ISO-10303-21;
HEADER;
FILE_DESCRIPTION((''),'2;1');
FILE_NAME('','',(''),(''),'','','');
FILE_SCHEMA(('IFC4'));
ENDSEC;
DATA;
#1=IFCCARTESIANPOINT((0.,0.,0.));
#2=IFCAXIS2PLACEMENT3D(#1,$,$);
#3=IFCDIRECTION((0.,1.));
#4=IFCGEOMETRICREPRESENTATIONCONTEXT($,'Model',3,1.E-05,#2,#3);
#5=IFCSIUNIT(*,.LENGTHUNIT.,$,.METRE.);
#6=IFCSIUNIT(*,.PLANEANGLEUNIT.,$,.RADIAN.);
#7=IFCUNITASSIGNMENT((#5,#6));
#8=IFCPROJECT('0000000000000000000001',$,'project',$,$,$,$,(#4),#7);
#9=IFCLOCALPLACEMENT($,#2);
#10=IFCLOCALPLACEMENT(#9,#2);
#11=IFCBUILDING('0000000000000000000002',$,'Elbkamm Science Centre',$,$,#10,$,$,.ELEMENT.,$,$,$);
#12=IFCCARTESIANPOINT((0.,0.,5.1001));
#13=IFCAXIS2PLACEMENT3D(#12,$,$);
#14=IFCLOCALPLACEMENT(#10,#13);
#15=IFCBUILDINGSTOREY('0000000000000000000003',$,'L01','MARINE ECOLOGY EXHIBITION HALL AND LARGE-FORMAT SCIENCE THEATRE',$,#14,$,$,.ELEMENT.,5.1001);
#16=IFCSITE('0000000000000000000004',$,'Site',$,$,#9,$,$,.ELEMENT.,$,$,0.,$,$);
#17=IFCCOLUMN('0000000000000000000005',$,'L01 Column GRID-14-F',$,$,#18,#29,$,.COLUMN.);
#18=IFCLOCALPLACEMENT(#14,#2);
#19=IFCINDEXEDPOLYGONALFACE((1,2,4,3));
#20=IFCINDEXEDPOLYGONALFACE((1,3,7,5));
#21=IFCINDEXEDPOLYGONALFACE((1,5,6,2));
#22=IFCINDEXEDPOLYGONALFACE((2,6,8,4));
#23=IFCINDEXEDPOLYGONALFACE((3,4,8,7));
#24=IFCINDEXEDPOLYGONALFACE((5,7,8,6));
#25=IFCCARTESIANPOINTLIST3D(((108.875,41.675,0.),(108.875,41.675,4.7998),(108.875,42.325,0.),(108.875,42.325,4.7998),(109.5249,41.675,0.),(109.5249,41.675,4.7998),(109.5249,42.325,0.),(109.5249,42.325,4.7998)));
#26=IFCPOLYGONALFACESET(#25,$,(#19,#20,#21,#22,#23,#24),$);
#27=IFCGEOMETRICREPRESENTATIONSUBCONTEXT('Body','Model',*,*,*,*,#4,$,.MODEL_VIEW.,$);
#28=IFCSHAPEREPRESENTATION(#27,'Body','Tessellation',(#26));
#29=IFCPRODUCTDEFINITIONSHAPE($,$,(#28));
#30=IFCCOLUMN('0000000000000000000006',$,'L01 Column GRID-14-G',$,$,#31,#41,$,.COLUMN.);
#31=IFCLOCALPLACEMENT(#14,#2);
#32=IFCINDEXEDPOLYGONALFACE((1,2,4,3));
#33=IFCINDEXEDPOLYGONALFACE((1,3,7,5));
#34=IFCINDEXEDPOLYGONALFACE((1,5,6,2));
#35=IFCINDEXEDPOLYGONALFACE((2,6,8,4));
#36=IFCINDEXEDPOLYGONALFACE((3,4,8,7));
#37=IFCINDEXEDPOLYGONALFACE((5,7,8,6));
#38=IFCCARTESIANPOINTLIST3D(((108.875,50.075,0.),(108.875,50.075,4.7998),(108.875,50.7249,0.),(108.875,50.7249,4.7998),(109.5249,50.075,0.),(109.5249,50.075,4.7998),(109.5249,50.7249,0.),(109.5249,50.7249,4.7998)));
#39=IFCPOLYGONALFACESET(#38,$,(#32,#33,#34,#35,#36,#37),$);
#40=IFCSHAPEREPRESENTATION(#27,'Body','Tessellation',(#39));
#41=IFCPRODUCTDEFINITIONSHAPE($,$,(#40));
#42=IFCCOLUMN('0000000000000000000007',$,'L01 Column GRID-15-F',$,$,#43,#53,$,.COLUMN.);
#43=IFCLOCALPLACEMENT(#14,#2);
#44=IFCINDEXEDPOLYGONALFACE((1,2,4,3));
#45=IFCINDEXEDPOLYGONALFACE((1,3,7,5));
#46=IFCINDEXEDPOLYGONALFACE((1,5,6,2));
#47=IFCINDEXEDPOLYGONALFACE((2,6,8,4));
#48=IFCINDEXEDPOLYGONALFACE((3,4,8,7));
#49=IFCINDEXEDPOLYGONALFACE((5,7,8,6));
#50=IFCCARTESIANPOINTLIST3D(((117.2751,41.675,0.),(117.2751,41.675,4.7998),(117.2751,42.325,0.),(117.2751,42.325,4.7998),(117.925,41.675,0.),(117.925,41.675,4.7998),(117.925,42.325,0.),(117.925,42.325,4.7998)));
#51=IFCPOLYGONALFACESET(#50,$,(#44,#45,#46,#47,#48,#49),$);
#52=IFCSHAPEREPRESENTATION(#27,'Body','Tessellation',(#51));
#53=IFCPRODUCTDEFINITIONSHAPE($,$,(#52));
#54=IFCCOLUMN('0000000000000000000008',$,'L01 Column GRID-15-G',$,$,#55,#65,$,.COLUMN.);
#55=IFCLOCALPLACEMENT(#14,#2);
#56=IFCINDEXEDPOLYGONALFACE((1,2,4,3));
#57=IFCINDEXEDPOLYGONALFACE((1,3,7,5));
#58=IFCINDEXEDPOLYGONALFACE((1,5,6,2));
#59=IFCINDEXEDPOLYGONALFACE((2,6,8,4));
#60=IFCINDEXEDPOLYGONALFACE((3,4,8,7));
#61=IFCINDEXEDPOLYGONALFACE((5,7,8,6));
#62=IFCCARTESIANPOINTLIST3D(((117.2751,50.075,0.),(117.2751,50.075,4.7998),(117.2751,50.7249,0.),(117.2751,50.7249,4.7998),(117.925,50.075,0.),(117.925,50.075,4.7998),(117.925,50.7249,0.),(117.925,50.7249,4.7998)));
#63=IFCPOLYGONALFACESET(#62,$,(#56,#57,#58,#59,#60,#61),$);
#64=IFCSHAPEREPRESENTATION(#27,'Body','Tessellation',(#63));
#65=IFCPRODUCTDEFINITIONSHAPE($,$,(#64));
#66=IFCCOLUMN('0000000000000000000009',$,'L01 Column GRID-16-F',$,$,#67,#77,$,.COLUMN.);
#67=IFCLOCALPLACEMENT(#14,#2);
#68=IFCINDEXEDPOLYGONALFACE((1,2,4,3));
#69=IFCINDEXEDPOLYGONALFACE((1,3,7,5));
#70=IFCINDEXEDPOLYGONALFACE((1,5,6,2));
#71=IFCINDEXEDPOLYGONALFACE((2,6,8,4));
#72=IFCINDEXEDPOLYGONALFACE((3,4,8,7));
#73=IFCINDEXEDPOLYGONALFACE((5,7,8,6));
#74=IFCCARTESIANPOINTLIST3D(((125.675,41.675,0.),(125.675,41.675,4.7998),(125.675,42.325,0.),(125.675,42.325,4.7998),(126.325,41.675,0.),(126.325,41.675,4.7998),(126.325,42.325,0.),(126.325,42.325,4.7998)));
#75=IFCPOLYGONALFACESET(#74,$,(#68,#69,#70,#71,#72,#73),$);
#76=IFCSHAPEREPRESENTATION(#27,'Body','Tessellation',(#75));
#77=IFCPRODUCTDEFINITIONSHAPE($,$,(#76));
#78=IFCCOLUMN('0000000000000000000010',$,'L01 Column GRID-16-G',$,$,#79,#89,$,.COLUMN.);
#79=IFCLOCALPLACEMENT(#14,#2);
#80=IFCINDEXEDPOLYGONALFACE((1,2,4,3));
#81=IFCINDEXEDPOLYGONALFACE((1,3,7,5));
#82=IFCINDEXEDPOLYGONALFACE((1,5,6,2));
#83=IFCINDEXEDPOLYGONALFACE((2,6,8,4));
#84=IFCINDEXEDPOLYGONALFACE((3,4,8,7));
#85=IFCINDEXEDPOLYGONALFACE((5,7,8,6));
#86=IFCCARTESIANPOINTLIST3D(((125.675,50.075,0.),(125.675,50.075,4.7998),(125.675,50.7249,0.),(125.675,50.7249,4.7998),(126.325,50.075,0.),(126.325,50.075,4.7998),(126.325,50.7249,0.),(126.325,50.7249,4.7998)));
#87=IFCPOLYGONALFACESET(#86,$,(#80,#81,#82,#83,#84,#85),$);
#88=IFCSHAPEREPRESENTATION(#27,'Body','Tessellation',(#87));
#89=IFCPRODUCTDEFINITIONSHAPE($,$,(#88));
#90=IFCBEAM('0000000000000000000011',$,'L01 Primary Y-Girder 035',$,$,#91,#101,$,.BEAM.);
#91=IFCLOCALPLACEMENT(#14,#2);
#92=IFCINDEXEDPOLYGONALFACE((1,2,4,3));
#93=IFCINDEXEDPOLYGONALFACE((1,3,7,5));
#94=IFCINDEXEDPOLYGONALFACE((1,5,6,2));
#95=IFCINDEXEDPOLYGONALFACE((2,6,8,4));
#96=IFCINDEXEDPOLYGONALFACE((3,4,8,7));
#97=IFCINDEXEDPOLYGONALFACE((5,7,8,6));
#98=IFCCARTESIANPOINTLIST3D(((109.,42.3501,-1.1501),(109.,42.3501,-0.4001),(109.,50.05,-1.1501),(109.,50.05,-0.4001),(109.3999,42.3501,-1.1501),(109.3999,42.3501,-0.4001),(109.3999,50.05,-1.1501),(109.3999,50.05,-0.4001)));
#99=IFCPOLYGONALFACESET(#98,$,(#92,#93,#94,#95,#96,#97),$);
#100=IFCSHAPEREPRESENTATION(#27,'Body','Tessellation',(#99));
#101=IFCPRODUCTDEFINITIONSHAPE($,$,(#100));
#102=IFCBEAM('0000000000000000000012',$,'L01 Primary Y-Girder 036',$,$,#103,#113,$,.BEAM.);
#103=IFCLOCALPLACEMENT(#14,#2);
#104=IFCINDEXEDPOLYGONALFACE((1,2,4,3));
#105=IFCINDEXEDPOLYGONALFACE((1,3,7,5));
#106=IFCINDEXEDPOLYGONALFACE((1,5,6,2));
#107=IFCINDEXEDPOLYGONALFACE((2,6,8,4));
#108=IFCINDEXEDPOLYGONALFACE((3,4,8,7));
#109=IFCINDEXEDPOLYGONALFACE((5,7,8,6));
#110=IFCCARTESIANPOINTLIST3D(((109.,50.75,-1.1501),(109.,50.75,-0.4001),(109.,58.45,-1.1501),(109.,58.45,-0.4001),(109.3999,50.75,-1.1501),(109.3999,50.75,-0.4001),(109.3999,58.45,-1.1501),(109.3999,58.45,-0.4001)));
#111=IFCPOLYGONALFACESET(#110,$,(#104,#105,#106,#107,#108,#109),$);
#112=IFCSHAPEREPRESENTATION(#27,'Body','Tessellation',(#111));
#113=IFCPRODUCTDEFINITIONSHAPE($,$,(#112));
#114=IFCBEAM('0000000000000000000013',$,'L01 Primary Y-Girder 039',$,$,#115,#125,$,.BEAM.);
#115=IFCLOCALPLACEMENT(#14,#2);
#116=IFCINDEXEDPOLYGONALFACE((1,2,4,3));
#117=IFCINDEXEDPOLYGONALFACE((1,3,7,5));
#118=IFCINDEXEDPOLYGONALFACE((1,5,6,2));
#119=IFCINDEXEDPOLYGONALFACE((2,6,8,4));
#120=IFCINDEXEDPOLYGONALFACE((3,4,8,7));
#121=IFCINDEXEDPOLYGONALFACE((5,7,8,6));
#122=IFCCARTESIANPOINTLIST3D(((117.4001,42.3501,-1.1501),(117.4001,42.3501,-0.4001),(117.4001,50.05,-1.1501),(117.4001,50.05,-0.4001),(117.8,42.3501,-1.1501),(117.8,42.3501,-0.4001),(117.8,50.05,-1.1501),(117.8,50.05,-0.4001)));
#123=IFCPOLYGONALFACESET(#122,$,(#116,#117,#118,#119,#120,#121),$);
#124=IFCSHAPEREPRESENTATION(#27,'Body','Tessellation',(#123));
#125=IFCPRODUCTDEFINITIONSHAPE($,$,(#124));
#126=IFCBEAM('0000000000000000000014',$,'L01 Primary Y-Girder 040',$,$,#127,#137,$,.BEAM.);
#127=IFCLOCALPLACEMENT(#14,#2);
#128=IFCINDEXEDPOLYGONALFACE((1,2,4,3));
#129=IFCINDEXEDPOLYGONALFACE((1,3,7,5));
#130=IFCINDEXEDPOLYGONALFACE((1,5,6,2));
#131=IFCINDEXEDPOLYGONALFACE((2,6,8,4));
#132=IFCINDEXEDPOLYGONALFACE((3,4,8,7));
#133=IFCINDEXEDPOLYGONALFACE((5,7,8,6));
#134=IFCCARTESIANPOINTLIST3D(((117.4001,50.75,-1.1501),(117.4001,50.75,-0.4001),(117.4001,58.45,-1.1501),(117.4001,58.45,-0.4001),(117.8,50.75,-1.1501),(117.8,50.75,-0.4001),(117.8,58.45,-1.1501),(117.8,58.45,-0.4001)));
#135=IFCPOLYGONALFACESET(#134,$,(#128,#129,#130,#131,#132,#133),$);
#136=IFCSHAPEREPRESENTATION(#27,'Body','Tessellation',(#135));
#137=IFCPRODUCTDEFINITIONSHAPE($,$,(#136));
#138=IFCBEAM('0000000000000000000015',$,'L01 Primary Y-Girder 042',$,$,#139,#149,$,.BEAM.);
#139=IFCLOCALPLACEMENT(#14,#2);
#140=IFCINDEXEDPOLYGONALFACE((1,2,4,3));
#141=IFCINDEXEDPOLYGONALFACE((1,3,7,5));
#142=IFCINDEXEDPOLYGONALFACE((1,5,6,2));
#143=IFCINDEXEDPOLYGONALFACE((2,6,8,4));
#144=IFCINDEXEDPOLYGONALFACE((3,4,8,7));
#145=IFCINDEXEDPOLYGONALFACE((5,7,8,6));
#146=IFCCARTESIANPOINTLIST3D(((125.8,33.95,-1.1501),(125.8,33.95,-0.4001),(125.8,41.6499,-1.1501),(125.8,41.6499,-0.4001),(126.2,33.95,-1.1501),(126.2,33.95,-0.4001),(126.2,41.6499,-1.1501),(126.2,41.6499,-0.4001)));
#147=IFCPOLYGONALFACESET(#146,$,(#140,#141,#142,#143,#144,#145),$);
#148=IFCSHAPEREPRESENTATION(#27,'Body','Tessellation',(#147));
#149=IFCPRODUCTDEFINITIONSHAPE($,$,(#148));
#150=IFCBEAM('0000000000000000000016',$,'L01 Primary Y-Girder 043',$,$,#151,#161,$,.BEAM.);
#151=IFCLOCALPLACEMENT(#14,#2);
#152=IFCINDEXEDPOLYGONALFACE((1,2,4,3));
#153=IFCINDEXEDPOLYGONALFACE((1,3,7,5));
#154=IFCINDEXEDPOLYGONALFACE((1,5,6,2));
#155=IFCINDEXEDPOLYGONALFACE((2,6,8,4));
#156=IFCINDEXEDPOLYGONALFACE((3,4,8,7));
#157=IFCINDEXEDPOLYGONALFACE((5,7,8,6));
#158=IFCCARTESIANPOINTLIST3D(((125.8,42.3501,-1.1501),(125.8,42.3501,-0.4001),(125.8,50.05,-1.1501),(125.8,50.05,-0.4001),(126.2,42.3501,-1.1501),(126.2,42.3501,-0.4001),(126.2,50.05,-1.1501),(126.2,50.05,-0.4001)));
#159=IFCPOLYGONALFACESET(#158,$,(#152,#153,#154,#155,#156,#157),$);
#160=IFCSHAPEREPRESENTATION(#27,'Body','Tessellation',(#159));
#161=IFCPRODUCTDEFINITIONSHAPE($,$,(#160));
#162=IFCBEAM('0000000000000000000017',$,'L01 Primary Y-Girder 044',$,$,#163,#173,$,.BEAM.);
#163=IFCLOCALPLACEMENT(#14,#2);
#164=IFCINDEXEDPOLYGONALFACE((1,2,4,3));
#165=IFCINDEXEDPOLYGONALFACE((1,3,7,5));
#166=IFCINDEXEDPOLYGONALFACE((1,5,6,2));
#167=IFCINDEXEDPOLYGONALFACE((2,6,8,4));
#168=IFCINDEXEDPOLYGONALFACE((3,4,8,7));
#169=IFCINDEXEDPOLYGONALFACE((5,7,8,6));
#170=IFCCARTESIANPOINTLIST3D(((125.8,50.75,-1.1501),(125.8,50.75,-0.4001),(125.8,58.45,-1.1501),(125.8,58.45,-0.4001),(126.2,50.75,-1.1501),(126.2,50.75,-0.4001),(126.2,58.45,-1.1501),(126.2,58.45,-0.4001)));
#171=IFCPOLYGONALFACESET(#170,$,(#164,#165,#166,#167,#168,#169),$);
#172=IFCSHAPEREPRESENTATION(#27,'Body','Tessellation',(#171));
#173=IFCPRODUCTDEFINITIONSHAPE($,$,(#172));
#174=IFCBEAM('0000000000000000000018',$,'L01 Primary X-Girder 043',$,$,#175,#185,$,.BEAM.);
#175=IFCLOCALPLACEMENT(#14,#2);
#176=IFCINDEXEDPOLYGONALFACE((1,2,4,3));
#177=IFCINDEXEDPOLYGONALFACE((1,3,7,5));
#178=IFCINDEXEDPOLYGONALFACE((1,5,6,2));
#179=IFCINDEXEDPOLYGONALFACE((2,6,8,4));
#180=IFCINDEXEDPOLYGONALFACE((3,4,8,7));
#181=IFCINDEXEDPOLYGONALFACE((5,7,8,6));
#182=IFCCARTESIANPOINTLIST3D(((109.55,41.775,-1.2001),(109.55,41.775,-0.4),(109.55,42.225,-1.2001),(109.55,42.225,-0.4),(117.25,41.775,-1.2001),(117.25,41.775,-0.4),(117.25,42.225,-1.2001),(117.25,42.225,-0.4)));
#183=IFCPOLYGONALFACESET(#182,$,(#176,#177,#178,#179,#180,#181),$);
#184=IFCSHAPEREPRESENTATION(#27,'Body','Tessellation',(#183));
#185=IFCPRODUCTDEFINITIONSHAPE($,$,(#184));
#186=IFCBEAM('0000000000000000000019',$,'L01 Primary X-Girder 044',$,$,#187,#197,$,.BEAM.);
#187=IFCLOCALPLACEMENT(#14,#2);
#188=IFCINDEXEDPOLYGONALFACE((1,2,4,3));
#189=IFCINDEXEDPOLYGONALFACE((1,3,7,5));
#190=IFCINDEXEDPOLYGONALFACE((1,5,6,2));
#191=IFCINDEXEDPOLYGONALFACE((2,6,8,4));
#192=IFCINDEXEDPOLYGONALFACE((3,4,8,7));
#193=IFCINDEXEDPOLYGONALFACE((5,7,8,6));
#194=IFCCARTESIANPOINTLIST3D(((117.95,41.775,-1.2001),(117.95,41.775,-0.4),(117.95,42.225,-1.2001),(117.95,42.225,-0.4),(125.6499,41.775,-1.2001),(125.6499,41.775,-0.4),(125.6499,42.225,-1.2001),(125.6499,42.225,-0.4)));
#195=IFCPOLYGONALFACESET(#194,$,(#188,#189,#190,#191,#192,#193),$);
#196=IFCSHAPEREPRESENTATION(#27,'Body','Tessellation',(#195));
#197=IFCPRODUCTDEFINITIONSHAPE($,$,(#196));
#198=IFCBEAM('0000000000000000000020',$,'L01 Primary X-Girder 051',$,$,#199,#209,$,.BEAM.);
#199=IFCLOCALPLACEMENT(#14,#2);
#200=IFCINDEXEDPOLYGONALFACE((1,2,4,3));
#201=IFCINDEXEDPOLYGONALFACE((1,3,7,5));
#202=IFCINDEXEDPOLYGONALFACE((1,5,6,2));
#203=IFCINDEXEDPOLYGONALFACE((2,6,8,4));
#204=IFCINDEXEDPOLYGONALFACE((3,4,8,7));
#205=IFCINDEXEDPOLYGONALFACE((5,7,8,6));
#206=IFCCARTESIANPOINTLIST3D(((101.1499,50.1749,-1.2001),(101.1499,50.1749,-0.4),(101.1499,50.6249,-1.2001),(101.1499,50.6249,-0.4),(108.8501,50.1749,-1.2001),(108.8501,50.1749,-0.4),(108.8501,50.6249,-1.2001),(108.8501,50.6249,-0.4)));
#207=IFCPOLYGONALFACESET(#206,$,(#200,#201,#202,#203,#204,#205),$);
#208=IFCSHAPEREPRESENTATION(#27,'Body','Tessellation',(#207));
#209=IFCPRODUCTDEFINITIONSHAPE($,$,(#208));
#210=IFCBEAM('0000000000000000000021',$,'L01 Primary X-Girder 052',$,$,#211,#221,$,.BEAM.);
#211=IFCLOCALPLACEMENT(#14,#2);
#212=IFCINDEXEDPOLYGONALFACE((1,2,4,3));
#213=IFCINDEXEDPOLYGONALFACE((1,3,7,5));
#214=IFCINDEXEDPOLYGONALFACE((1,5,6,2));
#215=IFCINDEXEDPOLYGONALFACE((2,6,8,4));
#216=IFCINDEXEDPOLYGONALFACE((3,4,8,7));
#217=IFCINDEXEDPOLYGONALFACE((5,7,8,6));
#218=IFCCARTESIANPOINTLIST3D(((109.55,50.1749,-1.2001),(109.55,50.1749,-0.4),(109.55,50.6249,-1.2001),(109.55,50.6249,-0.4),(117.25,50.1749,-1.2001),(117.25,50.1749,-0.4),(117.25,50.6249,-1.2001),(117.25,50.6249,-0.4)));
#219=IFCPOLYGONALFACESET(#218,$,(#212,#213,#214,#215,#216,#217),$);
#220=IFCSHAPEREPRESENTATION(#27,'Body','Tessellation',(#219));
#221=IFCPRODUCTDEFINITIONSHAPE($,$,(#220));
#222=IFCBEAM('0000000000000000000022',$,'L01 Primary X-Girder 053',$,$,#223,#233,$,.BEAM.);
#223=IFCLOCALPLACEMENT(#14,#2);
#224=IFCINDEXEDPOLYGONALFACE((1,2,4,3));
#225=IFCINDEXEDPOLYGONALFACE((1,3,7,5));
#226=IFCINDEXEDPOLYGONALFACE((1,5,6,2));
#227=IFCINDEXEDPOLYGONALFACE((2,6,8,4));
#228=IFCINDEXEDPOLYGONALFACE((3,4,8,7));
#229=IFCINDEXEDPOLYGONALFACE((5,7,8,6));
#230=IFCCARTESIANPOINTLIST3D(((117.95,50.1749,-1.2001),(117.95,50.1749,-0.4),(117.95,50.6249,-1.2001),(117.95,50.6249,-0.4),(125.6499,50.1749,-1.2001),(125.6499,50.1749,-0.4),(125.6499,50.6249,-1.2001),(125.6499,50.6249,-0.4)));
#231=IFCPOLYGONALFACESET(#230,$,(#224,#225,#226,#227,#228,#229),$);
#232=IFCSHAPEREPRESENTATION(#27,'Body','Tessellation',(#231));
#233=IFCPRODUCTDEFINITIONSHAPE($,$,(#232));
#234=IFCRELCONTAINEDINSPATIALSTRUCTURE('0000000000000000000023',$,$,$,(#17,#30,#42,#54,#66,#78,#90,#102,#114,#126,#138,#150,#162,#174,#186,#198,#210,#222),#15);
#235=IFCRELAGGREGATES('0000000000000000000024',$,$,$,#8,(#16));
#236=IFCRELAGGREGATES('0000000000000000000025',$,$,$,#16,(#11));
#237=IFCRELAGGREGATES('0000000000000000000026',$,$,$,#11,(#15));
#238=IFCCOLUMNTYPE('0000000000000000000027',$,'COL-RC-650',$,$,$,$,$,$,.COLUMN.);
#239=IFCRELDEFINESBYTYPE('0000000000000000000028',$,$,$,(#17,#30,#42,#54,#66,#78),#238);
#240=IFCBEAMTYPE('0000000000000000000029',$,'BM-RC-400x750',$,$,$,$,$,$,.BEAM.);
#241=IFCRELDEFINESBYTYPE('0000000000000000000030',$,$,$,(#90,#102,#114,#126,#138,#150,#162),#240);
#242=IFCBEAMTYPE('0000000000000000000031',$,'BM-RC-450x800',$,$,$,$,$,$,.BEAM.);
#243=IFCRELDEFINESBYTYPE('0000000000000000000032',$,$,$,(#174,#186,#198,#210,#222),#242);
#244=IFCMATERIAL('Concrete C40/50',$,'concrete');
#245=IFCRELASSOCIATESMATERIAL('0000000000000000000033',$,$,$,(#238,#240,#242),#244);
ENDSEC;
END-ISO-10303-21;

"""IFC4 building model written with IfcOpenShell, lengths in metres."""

from ifc_helpers import new_model, si_unit, direction, frame, origin, origin_2d, place, context, subcontext, project, spatial, rectangle, extrude, material, material_profile, profile_set, type_object, element, save


model = new_model("IFC4")

# Units and contexts
model_context = context("Model", 3, precision=1e-05, world=origin(), true_north=direction((0.0, 1.0)))
body_context = subcontext(model_context, "Body", "Model", "MODEL_VIEW")
ifc_project = project(units=[si_unit("LENGTHUNIT", "METRE"), si_unit("PLANEANGLEUNIT", "RADIAN")], contexts=[model_context])

# Site, building, storey
site_placement = place(None, origin())
site = spatial("IfcSite", under=ifc_project, at=site_placement, Name="Site", CompositionType="ELEMENT", RefElevation=0.0)
building_placement = place(site_placement, origin())
building = spatial("IfcBuilding", under=site, at=building_placement, Name="Elbkamm Science Centre", CompositionType="ELEMENT")
storey_placement = place(building_placement, frame((0.0, 0.0, 5.1001)))
storey = spatial("IfcBuildingStorey", under=building, at=storey_placement, Name="L01", Description="MARINE ECOLOGY EXHIBITION HALL AND LARGE-FORMAT SCIENCE THEATRE", CompositionType="ELEMENT", Elevation=5.1001)

# Columns
ifc_material_1 = material(Name="Concrete C40/50", Category="concrete")
ifc_material_profile_1 = material_profile(ifc_material_1, rectangle(XDim=0.6499, YDim=0.6499, at=origin_2d()), Name="RC 650x650")
ifc_profile_set_1 = profile_set([ifc_material_profile_1], Name="Concrete C40/50")
column_type = type_object("IfcColumnType", Name="COL-RC-650", PredefinedType="COLUMN", material=ifc_profile_set_1)
for number, where, z_axis, x_axis, name in (
    (1, (109.2, 42.0, 0.0), (0.0, 0.0, 1.0), (1.0, 0.0, 0.0), "L01 Column GRID-14-F"),
    (2, (109.2, 50.3999, 0.0), (0.0, 0.0, 1.0), (1.0, 0.0, 0.0), "L01 Column GRID-14-G"),
    (3, (117.6001, 42.0, 0.0), (0.0, 0.0, 1.0), (1.0, 0.0, 0.0), "L01 Column GRID-15-F"),
    (4, (117.6001, 50.3999, 0.0), (0.0, 0.0, 1.0), (1.0, 0.0, 0.0), "L01 Column GRID-15-G"),
    (5, (126.0, 42.0, 0.0), (0.0, 0.0, 1.0), (1.0, 0.0, 0.0), "L01 Column GRID-16-F"),
    (6, (126.0, 50.3999, 0.0), (0.0, 0.0, 1.0), (1.0, 0.0, 0.0), "L01 Column GRID-16-G"),
):
    element("IfcColumn", number, at=place(storey_placement, frame(where, z_axis=z_axis, x_axis=x_axis)), inside=storey, type_object=column_type, Name=name, PredefinedType="COLUMN", context=body_context, shape_type="SweptSolid", body=[
        extrude(rectangle(XDim=0.6499, YDim=0.6499, at=origin_2d()), origin(), (0.0, 0.0, 1.0), 4.7998),
    ])

# Beams
ifc_material_profile_2 = material_profile(ifc_material_1, rectangle(XDim=0.3999, YDim=0.75, at=origin_2d()), Name="RC 400x750")
ifc_profile_set_2 = profile_set([ifc_material_profile_2], Name="Concrete C40/50")
beam_type_1 = type_object("IfcBeamType", Name="BM-RC-400x750", PredefinedType="BEAM", material=ifc_profile_set_2)
for number, where, z_axis, x_axis, name in (
    (7, (109.2, 42.3501, -0.7751), (0.0, 1.0, 0.0), (-1.0, 0.0, 0.0), "L01 Primary Y-Girder 035"),
    (8, (109.2, 50.75, -0.7751), (0.0, 1.0, 0.0), (-1.0, 0.0, 0.0), "L01 Primary Y-Girder 036"),
    (9, (117.6001, 42.3501, -0.7751), (0.0, 1.0, 0.0), (-1.0, 0.0, 0.0), "L01 Primary Y-Girder 039"),
    (10, (117.6001, 50.75, -0.7751), (0.0, 1.0, 0.0), (-1.0, 0.0, 0.0), "L01 Primary Y-Girder 040"),
    (11, (126.0, 33.95, -0.7751), (0.0, 1.0, 0.0), (-1.0, 0.0, 0.0), "L01 Primary Y-Girder 042"),
    (12, (126.0, 42.3501, -0.7751), (0.0, 1.0, 0.0), (-1.0, 0.0, 0.0), "L01 Primary Y-Girder 043"),
    (13, (126.0, 50.75, -0.7751), (0.0, 1.0, 0.0), (-1.0, 0.0, 0.0), "L01 Primary Y-Girder 044"),
):
    element("IfcBeam", number, at=place(storey_placement, frame(where, z_axis=z_axis, x_axis=x_axis)), inside=storey, type_object=beam_type_1, Name=name, PredefinedType="BEAM", context=body_context, shape_type="SweptSolid", body=[
        extrude(rectangle(XDim=0.3999, YDim=0.75, at=origin_2d()), origin(), (0.0, 0.0, 1.0), 7.7),
    ])
ifc_material_profile_3 = material_profile(ifc_material_1, rectangle(XDim=0.45, YDim=0.8, at=origin_2d()), Name="RC 450x800")
ifc_profile_set_3 = profile_set([ifc_material_profile_3], Name="Concrete C40/50")
beam_type_2 = type_object("IfcBeamType", Name="BM-RC-450x800", PredefinedType="BEAM", material=ifc_profile_set_3)
for number, where, z_axis, x_axis, name in (
    (14, (109.55, 42.0, -0.8), (1.0, 0.0, 0.0), (0.0, 1.0, 0.0), "L01 Primary X-Girder 043"),
    (15, (117.95, 42.0, -0.8), (1.0, 0.0, 0.0), (0.0, 1.0, 0.0), "L01 Primary X-Girder 044"),
):
    element("IfcBeam", number, at=place(storey_placement, frame(where, z_axis=z_axis, x_axis=x_axis)), inside=storey, type_object=beam_type_2, Name=name, PredefinedType="BEAM", context=body_context, shape_type="SweptSolid", body=[
        extrude(rectangle(XDim=0.45, YDim=0.8, at=origin_2d()), origin(), (0.0, 0.0, 1.0), 7.7),
    ])
beam_placement = place(storey_placement, frame((101.1499, 50.3999, -0.8), z_axis=(1.0, 0.0, 0.0), x_axis=(0.0, 1.0, 0.0)))
element("IfcBeam", 16, at=beam_placement, inside=storey, type_object=beam_type_2, Name="L01 Primary X-Girder 051", PredefinedType="BEAM", context=body_context, shape_type="SweptSolid", body=[
    extrude(rectangle(XDim=0.45, YDim=0.8, at=origin_2d()), origin(), (0.0, 0.0, 1.0), 7.7002),
])
for number, where, z_axis, x_axis, name in (
    (17, (109.55, 50.3999, -0.8), (1.0, 0.0, 0.0), (0.0, 1.0, 0.0), "L01 Primary X-Girder 052"),
    (18, (117.95, 50.3999, -0.8), (1.0, 0.0, 0.0), (0.0, 1.0, 0.0), "L01 Primary X-Girder 053"),
):
    element("IfcBeam", number, at=place(storey_placement, frame(where, z_axis=z_axis, x_axis=x_axis)), inside=storey, type_object=beam_type_2, Name=name, PredefinedType="BEAM", context=body_context, shape_type="SweptSolid", body=[
        extrude(rectangle(XDim=0.45, YDim=0.8, at=origin_2d()), origin(), (0.0, 0.0, 1.0), 7.7),
    ])

save(model, "model.ifc")
